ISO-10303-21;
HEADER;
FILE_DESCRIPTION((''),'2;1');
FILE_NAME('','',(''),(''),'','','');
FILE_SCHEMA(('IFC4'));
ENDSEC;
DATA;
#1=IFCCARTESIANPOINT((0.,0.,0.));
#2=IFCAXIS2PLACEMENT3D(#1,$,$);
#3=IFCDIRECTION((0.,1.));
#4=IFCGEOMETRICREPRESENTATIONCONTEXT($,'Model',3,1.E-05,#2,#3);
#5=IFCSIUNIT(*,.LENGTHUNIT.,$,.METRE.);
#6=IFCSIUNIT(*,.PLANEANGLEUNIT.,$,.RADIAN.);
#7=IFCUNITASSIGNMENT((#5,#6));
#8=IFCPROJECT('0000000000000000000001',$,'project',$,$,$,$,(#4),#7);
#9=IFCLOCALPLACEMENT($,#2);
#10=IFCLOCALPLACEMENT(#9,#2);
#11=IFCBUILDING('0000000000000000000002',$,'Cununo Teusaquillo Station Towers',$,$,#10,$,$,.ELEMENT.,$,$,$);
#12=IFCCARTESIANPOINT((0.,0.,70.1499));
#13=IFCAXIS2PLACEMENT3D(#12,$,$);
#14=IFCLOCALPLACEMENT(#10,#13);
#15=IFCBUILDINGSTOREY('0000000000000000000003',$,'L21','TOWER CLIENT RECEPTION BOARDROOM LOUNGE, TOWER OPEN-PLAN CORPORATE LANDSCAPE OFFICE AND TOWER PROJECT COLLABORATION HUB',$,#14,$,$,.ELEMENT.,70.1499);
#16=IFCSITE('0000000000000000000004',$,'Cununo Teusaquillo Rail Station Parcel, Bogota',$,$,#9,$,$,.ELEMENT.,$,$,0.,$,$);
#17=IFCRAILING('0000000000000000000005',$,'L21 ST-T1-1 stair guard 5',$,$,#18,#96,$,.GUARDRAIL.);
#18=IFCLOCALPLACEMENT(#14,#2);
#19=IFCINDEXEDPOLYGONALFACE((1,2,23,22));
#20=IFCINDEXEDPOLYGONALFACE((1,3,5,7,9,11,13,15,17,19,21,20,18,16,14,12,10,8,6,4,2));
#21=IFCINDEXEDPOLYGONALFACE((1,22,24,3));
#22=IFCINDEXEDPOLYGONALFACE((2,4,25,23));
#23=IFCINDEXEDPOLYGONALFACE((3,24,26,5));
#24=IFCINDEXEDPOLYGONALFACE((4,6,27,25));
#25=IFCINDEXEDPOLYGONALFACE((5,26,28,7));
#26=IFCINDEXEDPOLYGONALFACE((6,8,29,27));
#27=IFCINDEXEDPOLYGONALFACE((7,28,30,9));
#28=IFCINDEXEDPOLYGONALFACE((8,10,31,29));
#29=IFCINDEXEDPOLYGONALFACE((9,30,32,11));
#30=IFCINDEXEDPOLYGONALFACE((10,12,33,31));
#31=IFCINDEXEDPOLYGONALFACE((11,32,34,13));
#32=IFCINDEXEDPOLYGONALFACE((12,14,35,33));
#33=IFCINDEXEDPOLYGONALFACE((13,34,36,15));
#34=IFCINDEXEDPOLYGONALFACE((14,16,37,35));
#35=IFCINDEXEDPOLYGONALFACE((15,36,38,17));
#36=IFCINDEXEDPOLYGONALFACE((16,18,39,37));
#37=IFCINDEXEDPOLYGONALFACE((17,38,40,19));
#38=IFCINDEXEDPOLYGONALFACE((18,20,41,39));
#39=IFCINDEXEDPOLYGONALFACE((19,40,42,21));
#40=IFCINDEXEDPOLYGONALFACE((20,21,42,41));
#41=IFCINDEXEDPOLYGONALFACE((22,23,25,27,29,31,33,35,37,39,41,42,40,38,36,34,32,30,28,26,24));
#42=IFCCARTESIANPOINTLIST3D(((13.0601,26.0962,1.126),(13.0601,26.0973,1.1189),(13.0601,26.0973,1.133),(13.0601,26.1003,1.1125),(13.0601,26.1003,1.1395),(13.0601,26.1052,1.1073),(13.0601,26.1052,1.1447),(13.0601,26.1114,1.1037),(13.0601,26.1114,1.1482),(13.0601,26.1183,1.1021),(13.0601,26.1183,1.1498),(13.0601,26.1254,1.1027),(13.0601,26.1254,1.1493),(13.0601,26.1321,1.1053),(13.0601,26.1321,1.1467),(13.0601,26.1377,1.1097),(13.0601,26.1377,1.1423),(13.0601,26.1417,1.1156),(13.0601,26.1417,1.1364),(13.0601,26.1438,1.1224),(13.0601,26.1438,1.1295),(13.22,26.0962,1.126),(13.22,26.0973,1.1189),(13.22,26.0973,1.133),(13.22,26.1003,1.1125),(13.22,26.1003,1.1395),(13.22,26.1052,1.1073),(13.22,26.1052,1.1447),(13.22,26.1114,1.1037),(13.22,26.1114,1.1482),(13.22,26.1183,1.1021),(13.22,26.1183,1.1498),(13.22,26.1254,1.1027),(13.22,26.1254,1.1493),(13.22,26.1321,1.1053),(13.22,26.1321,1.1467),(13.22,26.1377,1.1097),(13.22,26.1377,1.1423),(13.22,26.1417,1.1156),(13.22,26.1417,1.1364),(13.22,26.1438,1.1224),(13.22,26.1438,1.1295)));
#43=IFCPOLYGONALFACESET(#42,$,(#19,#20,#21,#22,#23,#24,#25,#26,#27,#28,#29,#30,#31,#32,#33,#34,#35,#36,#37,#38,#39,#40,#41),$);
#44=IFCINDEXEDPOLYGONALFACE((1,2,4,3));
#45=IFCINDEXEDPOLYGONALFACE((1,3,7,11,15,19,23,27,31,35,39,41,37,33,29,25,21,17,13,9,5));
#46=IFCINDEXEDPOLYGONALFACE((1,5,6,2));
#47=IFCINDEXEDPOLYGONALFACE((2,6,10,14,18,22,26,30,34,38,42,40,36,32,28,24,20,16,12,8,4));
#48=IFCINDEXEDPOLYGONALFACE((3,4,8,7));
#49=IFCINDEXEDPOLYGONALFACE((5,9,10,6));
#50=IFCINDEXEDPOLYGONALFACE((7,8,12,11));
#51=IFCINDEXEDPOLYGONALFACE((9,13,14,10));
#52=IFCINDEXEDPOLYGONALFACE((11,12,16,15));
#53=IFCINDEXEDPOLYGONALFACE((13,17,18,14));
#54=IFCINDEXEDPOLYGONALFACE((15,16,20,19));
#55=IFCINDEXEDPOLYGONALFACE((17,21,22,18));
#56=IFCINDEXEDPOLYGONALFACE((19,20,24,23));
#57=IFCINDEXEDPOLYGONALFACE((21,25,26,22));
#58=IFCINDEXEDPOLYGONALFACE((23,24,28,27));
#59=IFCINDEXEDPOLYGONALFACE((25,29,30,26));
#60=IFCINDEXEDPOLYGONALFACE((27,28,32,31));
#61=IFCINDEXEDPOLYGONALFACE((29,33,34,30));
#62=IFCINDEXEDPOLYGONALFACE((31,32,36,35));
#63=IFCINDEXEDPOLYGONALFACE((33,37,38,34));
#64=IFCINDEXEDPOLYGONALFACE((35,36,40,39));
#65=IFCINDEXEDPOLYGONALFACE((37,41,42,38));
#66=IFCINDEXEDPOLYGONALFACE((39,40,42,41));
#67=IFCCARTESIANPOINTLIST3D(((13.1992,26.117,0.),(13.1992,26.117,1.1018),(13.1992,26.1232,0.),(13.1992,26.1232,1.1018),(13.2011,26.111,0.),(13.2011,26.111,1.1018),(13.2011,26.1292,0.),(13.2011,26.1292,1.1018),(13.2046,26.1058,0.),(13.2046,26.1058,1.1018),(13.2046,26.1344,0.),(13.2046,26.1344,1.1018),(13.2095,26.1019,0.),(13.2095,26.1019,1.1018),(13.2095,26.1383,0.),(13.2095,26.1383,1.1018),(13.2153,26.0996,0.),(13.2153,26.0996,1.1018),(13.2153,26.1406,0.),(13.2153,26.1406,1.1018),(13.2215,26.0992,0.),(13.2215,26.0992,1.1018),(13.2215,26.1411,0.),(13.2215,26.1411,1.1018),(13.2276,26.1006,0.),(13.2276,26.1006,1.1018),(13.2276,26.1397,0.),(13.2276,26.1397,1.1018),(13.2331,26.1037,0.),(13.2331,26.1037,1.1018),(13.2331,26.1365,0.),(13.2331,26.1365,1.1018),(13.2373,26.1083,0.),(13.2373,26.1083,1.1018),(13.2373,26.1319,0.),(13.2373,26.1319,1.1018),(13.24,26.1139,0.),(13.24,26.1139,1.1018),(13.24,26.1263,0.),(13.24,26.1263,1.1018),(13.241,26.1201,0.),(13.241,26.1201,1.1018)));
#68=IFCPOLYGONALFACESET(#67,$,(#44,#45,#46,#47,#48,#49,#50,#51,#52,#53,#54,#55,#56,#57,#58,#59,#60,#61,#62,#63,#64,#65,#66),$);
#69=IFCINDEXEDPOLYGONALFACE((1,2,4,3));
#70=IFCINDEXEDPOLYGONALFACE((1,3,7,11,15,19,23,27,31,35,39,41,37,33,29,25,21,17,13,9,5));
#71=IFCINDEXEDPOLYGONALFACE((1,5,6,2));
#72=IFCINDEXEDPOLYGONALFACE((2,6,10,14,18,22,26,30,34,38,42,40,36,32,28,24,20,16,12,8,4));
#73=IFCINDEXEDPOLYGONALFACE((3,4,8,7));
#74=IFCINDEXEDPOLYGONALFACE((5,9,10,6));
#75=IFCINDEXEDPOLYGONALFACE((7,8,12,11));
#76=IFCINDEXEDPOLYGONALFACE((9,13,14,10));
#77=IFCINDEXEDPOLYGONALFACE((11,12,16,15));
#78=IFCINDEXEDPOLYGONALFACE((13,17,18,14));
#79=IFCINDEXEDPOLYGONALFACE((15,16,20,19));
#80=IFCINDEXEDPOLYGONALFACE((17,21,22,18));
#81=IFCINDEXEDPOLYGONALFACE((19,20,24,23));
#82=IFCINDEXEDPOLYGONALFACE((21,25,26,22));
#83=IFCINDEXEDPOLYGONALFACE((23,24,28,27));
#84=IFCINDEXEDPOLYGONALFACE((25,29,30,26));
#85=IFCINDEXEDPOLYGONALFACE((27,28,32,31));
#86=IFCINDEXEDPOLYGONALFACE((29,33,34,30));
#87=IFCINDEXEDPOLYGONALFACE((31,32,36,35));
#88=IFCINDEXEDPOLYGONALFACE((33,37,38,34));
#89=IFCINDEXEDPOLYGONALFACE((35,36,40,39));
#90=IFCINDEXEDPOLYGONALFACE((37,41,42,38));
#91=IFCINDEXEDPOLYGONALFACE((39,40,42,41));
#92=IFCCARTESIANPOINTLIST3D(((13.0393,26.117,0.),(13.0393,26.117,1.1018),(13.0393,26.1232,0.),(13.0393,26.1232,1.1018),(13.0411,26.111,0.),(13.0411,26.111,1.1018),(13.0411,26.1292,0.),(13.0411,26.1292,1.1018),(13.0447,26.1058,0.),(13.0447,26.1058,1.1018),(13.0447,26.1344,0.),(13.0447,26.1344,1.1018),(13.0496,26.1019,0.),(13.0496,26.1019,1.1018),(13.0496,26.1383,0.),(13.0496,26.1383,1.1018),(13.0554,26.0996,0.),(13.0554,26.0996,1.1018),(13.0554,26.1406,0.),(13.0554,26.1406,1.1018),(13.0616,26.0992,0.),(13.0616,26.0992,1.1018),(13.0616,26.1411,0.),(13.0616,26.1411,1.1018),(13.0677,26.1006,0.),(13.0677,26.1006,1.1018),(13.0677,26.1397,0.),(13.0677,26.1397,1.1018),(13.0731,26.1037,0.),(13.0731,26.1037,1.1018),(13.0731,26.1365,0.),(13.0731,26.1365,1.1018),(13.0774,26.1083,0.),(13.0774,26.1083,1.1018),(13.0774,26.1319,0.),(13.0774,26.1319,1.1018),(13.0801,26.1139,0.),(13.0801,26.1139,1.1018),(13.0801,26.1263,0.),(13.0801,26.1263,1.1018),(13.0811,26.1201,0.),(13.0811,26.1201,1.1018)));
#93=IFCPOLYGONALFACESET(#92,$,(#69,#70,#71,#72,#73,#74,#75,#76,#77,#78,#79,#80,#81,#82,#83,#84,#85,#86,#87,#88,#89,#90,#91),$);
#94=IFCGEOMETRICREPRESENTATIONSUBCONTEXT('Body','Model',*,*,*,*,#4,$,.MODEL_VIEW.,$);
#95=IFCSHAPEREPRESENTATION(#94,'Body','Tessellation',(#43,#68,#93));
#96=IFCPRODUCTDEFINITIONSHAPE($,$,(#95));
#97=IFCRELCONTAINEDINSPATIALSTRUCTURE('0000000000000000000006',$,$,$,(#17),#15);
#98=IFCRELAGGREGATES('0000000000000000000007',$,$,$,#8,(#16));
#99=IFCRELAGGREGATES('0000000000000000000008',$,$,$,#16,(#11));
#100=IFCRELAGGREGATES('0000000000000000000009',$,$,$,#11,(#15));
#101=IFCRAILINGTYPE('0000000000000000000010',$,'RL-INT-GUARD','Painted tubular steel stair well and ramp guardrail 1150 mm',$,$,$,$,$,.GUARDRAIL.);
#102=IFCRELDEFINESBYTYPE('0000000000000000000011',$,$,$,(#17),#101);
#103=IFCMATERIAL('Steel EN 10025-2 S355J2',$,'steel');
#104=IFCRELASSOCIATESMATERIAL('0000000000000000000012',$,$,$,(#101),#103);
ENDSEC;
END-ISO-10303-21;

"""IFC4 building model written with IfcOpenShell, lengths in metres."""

from ifc_helpers import new_model, si_unit, direction, frame, origin, origin_2d, place, context, subcontext, project, spatial, circle, extrude, material, type_object, element, save


model = new_model("IFC4")

# Units and contexts
model_context = context("Model", 3, precision=1e-05, world=origin(), true_north=direction((0.0, 1.0)))
body_context = subcontext(model_context, "Body", "Model", "MODEL_VIEW")
ifc_project = project(units=[si_unit("LENGTHUNIT", "METRE"), si_unit("PLANEANGLEUNIT", "RADIAN")], contexts=[model_context])

# Site, building, storey
site_placement = place(None, origin())
site = spatial("IfcSite", under=ifc_project, at=site_placement, Name="Cununo Teusaquillo Rail Station Parcel, Bogota", CompositionType="ELEMENT", RefElevation=0.0)
building_placement = place(site_placement, origin())
building = spatial("IfcBuilding", under=site, at=building_placement, Name="Cununo Teusaquillo Station Towers", CompositionType="ELEMENT")
storey_placement = place(building_placement, frame((0.0, 0.0, 70.1499)))
storey = spatial("IfcBuildingStorey", under=building, at=storey_placement, Name="L21", Description="TOWER CLIENT RECEPTION BOARDROOM LOUNGE, TOWER OPEN-PLAN CORPORATE LANDSCAPE OFFICE AND TOWER PROJECT COLLABORATION HUB", CompositionType="ELEMENT", Elevation=70.1499)

# Railing
ifc_material_1 = material(Name="Steel EN 10025-2 S355J2", Category="steel")
railing_type_1 = type_object("IfcRailingType", Name="RL-INT-GUARD", Description="Painted tubular steel stair well and ramp guardrail 1150 mm", PredefinedType="GUARDRAIL", material=ifc_material_1)
railing_1_placement = place(storey_placement, frame((13.22, 26.1201, 0.0)))
element("IfcRailing", 1, at=railing_1_placement, inside=storey, type_object=railing_type_1, Name="L21 ST-T1-1 stair guard 5", PredefinedType="GUARDRAIL", context=body_context, shape_type="SweptSolid", body=[
    extrude(circle(Radius=0.0239, at=origin_2d()), frame((0.0, 0.0, 1.126), z_axis=(-1.0, 0.0, 0.0), x_axis=(0.0, -1.0, 0.0)), (0.0, 0.0, 1.0), 0.1599),
    extrude(circle(Radius=0.021, at=origin_2d()), origin(), (0.0, 0.0, 1.0), 1.1018),
    extrude(circle(Radius=0.021, at=origin_2d()), frame((-0.1599, 0.0, 0.0)), (0.0, 0.0, 1.0), 1.1018),
])

save(model, "model.ifc")
